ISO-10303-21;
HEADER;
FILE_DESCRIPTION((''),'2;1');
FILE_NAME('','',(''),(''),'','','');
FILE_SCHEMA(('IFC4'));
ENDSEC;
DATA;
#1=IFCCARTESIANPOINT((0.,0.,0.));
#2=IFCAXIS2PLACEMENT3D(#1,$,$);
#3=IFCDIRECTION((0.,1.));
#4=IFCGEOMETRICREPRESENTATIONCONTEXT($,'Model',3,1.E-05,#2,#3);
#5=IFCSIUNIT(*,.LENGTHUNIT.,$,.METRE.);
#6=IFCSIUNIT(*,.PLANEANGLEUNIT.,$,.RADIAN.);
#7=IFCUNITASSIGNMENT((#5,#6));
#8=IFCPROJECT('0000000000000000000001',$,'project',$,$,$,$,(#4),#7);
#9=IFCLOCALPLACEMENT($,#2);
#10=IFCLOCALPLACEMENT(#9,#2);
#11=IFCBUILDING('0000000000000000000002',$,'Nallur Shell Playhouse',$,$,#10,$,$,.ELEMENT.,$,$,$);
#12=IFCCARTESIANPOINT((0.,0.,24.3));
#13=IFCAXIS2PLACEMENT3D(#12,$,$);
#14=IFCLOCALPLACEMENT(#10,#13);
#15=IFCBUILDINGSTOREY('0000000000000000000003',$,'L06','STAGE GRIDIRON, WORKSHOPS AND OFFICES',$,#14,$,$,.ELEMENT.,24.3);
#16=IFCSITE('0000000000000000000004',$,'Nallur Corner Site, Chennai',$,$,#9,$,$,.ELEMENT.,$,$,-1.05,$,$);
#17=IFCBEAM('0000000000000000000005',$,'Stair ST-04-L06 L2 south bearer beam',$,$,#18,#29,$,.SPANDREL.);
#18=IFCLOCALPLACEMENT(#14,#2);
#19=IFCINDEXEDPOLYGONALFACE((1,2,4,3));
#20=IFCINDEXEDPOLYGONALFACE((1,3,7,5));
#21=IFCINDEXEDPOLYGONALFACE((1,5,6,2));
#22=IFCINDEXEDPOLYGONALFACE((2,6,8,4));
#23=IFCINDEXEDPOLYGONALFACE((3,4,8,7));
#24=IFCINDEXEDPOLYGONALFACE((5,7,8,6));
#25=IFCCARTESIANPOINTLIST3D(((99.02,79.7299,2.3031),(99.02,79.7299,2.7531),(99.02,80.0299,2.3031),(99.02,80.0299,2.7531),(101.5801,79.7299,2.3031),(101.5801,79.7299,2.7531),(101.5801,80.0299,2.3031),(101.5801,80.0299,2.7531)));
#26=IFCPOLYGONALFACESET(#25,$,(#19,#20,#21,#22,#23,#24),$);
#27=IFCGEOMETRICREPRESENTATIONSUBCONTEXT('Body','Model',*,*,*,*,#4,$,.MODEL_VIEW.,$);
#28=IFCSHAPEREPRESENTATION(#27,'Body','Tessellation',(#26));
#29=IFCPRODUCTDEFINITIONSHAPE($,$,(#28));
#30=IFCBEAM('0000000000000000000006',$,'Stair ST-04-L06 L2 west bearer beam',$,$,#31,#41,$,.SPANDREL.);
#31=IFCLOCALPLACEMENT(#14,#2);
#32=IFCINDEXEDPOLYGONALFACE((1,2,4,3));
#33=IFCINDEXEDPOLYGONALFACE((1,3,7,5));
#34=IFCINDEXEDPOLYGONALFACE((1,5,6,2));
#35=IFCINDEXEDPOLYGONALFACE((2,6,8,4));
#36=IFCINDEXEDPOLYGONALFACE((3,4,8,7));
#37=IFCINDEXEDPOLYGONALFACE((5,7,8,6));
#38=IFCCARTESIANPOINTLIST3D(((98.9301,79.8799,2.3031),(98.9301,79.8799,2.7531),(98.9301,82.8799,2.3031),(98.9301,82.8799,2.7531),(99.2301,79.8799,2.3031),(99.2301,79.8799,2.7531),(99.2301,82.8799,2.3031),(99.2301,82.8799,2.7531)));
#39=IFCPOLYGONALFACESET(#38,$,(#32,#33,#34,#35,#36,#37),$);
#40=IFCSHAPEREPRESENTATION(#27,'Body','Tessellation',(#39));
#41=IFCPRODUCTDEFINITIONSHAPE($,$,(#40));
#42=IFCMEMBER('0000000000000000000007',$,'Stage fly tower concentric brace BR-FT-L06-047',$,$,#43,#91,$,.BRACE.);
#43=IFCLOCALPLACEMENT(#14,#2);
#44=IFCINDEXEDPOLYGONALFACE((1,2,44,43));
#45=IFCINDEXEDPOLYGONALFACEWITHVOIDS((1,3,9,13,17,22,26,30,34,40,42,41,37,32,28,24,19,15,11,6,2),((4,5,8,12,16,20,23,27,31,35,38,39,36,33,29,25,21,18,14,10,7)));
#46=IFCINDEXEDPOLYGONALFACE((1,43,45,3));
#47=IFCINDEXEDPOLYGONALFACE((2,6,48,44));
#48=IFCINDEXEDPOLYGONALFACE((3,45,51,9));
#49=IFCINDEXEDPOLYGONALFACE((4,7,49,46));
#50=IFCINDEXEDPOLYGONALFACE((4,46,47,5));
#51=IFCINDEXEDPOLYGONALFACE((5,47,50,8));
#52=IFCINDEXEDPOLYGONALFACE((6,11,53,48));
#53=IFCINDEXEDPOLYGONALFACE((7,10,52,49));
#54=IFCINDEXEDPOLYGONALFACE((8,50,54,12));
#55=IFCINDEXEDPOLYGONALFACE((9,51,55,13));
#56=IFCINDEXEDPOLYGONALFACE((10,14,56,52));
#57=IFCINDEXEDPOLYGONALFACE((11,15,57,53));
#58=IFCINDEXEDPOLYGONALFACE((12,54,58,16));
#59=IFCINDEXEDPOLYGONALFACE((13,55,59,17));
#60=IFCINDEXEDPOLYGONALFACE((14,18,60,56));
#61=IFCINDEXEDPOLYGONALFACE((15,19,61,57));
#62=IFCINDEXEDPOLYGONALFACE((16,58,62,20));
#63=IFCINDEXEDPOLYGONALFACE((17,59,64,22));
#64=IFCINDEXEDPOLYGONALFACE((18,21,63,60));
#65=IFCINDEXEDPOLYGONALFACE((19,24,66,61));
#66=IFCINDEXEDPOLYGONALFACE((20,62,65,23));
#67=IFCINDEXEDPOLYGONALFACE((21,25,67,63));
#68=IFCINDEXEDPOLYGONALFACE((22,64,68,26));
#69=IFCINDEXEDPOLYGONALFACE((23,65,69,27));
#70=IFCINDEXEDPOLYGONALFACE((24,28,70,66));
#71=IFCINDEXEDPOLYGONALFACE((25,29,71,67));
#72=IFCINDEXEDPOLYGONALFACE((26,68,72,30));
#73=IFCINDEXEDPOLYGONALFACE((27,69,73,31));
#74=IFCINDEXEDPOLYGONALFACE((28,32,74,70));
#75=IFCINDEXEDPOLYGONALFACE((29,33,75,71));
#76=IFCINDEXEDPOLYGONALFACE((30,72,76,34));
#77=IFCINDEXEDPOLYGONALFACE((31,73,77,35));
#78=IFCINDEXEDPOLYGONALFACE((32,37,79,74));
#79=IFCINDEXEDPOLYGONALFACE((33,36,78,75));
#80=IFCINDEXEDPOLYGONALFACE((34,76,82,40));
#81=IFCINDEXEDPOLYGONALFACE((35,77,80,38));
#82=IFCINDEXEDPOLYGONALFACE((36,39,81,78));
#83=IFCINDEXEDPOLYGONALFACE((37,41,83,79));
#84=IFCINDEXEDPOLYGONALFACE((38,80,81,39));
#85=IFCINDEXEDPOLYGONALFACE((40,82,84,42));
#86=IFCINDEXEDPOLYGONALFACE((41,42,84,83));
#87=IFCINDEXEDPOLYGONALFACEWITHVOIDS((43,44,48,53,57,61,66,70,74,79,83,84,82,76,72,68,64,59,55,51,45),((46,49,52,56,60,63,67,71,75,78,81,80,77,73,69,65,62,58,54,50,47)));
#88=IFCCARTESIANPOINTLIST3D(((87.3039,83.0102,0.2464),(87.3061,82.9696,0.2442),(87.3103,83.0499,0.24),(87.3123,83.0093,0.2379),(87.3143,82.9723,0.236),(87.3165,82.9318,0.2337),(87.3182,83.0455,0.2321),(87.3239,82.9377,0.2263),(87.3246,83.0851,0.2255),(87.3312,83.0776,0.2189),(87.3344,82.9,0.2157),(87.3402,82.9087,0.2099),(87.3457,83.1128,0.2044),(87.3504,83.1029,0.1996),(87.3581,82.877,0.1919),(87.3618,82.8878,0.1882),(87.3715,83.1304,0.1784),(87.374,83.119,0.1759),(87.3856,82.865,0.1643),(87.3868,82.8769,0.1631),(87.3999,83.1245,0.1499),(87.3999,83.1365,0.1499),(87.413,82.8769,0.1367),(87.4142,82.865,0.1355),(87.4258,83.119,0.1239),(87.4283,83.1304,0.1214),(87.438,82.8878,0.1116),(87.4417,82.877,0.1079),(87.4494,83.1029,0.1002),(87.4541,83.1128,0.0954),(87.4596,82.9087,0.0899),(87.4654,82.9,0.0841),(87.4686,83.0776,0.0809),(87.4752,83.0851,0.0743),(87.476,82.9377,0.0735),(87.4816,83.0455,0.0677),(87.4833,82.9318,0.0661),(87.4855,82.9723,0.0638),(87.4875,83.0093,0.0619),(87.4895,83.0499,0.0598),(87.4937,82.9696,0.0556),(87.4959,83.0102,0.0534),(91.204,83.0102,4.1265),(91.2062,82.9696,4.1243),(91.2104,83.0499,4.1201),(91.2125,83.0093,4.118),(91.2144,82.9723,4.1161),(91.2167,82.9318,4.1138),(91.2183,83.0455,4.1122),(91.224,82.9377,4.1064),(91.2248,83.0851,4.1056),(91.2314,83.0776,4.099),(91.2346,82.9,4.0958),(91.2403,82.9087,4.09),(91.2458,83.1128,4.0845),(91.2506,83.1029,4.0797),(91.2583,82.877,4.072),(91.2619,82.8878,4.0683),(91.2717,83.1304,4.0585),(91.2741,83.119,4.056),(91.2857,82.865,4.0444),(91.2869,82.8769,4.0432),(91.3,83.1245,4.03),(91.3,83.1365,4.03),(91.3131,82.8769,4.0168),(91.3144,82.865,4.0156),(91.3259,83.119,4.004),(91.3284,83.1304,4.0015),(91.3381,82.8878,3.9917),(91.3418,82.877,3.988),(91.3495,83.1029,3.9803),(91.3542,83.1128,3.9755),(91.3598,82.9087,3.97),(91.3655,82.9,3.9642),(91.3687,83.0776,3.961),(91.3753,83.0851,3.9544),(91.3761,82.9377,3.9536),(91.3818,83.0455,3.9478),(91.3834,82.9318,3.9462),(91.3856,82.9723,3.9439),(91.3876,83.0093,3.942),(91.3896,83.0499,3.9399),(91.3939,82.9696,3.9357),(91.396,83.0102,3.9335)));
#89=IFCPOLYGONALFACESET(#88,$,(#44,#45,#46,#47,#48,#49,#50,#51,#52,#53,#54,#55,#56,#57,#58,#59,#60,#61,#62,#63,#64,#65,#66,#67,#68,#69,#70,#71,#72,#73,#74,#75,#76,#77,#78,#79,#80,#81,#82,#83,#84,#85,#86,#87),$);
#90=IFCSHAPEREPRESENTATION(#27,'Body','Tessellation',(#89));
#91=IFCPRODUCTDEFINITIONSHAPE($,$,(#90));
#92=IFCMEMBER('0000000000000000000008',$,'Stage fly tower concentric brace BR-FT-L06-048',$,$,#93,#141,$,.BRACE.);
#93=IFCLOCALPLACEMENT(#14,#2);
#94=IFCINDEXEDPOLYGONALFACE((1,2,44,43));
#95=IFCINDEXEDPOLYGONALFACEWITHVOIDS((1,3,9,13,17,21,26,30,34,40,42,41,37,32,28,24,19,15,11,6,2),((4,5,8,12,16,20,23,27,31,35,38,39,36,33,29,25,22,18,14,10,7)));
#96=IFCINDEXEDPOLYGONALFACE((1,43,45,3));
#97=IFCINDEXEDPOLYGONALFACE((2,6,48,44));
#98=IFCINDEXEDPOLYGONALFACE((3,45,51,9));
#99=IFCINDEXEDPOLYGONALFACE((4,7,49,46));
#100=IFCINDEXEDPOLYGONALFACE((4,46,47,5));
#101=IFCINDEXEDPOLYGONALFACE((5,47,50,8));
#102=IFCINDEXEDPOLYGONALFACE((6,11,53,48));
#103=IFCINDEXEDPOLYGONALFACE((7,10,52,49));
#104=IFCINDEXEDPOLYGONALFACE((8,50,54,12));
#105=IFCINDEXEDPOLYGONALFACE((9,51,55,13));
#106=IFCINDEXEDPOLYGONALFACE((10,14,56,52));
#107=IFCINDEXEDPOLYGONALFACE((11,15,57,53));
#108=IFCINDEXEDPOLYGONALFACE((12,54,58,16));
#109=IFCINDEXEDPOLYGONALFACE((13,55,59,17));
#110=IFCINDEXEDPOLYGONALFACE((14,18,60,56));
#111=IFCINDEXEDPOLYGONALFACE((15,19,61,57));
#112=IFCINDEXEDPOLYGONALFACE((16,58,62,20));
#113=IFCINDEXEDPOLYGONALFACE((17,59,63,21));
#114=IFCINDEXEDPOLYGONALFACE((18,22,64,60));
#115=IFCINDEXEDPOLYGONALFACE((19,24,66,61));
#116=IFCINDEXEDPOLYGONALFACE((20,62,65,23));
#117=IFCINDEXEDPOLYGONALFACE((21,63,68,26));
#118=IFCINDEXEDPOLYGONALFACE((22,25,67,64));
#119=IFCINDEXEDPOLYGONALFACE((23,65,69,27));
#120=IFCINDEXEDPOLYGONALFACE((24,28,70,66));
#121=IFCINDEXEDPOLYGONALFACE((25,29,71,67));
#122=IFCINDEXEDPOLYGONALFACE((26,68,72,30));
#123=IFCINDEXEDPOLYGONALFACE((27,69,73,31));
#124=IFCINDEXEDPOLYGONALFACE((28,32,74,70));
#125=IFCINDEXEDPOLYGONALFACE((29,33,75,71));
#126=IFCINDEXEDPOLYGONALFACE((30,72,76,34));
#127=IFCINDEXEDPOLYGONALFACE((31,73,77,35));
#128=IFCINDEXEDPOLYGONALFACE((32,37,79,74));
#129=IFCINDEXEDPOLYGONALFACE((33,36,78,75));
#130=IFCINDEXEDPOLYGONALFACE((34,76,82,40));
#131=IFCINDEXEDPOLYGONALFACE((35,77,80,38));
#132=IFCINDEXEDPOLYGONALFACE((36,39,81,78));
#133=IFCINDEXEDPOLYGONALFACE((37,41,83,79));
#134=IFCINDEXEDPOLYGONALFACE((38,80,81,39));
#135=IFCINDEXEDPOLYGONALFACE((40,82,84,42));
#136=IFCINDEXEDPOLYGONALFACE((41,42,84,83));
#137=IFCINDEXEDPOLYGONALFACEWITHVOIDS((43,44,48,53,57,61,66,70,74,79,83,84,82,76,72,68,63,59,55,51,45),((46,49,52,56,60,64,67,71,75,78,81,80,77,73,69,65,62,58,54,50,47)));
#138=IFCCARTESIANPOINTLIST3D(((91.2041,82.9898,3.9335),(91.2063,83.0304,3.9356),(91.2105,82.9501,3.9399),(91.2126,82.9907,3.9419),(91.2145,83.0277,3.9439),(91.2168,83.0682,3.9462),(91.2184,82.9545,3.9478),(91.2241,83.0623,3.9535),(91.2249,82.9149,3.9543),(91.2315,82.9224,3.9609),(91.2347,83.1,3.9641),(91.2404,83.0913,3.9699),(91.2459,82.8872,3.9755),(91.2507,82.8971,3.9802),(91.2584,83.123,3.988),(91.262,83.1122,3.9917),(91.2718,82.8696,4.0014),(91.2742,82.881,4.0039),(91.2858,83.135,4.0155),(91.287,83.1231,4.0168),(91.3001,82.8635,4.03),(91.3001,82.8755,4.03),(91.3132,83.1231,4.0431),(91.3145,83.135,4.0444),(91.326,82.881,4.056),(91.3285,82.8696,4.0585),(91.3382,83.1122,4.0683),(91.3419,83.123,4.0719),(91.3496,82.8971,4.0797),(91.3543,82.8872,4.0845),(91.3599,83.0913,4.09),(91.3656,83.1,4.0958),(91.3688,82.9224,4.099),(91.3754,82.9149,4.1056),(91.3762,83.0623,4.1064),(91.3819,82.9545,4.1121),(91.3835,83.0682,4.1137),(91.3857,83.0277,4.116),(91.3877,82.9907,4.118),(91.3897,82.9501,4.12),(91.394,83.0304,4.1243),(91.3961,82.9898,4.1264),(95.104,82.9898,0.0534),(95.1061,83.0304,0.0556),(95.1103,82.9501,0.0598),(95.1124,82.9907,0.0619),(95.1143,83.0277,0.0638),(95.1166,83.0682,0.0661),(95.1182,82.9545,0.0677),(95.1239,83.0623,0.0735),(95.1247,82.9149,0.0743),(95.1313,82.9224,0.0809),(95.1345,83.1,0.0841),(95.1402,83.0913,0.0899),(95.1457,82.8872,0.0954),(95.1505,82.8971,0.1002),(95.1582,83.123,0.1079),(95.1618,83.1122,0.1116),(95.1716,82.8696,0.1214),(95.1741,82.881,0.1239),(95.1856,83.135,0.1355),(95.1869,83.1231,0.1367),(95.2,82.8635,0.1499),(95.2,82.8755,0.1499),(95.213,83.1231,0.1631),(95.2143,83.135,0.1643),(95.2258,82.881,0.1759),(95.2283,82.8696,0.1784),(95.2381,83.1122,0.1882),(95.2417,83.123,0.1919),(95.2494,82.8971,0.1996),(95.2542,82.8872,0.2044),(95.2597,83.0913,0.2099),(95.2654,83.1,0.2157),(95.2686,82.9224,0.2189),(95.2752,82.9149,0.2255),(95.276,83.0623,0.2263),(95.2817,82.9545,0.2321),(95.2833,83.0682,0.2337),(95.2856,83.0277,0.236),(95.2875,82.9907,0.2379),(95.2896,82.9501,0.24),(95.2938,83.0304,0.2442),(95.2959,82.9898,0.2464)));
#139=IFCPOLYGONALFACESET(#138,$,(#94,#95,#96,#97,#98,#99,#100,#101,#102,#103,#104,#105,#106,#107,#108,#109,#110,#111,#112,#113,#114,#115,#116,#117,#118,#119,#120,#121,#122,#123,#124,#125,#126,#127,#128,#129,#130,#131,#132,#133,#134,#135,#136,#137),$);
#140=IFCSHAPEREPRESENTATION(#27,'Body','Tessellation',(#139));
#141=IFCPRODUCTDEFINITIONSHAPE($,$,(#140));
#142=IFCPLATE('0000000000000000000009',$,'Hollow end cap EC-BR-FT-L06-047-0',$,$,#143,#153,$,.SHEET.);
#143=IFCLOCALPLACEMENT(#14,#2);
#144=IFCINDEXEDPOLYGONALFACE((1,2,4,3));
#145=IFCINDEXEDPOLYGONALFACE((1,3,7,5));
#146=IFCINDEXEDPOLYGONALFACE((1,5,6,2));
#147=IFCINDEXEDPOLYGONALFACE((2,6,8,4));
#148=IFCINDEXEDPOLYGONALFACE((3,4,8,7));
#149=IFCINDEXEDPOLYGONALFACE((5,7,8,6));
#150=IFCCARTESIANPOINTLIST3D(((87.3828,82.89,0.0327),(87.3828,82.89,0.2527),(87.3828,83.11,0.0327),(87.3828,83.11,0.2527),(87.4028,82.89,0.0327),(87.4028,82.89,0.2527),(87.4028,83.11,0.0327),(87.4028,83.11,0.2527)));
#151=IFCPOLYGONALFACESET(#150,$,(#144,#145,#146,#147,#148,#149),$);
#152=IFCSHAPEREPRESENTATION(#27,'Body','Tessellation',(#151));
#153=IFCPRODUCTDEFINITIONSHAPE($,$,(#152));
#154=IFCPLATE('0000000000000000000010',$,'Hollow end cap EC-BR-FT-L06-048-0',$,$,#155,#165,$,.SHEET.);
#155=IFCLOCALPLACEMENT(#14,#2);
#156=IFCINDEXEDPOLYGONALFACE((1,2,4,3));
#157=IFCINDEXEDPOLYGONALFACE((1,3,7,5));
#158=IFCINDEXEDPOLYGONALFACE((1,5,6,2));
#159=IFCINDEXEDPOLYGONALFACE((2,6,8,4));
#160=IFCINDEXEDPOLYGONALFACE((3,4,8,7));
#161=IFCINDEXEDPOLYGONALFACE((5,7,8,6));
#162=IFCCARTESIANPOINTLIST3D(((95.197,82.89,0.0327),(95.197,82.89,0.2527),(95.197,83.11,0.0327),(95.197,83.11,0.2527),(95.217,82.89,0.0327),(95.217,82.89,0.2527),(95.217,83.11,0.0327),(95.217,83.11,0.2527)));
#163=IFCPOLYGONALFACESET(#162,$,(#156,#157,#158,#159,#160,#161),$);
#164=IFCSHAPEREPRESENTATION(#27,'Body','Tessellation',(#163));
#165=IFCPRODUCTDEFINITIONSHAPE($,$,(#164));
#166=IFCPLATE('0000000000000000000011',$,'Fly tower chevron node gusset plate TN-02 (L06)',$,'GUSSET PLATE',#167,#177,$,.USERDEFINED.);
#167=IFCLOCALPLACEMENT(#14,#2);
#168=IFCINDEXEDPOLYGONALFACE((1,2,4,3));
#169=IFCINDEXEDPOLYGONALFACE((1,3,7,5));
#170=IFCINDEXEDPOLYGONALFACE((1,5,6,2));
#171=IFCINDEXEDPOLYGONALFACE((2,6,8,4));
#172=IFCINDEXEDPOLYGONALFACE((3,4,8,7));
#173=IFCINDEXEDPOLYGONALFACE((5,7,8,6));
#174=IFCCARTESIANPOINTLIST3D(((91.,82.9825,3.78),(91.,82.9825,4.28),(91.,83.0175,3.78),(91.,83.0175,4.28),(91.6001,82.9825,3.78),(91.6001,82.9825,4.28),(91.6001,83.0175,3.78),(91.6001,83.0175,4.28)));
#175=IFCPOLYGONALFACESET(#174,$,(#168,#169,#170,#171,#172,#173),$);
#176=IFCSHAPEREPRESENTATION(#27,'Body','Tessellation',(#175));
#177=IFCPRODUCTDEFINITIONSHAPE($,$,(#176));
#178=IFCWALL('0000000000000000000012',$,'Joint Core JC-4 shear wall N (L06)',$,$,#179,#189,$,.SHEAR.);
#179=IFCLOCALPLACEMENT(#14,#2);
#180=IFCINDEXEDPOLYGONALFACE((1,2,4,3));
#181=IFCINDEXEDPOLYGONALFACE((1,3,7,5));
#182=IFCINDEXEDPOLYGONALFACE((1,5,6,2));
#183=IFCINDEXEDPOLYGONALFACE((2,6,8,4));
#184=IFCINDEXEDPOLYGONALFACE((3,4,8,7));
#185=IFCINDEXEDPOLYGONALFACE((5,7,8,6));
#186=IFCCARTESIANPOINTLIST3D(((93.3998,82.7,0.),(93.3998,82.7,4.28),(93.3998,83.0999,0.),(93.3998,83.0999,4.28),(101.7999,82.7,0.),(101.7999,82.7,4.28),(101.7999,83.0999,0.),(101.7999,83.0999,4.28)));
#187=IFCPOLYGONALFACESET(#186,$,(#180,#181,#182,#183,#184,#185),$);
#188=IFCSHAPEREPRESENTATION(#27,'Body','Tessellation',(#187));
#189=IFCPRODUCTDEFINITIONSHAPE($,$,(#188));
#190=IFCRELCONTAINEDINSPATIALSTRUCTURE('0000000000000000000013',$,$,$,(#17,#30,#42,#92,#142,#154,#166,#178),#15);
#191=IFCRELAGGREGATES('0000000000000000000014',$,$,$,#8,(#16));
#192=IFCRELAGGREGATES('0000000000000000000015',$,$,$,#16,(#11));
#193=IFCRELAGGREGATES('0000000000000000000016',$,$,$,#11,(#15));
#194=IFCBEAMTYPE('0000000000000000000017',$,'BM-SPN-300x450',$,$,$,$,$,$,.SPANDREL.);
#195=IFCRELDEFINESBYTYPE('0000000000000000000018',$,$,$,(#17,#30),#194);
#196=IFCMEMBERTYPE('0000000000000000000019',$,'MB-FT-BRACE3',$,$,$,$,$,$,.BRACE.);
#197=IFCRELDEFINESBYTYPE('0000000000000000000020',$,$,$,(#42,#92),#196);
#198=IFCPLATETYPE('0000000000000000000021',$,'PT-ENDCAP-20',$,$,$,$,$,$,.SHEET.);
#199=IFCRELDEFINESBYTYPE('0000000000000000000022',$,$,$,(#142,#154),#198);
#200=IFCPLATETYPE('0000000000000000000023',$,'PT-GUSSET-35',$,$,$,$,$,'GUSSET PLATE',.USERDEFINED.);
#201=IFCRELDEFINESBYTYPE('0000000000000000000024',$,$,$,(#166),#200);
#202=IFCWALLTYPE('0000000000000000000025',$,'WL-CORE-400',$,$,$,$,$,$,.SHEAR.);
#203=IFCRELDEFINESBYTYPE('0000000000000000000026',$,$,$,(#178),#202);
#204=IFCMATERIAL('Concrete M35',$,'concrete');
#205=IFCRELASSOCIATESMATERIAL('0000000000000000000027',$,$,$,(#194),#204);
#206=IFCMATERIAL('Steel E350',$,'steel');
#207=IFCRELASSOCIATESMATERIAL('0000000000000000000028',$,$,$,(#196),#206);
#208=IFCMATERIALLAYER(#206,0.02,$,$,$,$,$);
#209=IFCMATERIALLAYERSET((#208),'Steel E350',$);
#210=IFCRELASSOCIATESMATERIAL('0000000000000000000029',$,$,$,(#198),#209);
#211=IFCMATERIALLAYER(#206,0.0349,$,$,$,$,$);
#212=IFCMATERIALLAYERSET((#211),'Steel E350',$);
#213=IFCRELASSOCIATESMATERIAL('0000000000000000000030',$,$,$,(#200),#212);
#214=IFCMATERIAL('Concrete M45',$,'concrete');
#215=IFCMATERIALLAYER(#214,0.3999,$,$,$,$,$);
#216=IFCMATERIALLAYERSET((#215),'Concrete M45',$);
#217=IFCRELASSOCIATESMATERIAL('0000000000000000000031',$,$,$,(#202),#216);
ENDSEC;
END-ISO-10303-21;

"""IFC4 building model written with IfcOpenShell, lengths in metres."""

from ifc_helpers import new_model, si_unit, direction, frame, frame_2d, origin, origin_2d, place, context, subcontext, project, spatial, rectangle, hollow_circle, extrude, material, layer, layer_set, material_profile, profile_set, type_object, element, save


model = new_model("IFC4")

# Units and contexts
model_context = context("Model", 3, precision=1e-05, world=origin(), true_north=direction((0.0, 1.0)))
body_context = subcontext(model_context, "Body", "Model", "MODEL_VIEW")
ifc_project = project(units=[si_unit("LENGTHUNIT", "METRE"), si_unit("PLANEANGLEUNIT", "RADIAN")], contexts=[model_context])

# Site, building, storey
site_placement = place(None, origin())
site = spatial("IfcSite", under=ifc_project, at=site_placement, Name="Nallur Corner Site, Chennai", CompositionType="ELEMENT", RefElevation=-1.05)
building_placement = place(site_placement, origin())
building = spatial("IfcBuilding", under=site, at=building_placement, Name="Nallur Shell Playhouse", CompositionType="ELEMENT")
storey_placement = place(building_placement, frame((0.0, 0.0, 24.3)))
storey = spatial("IfcBuildingStorey", under=building, at=storey_placement, Name="L06", Description="STAGE GRIDIRON, WORKSHOPS AND OFFICES", CompositionType="ELEMENT", Elevation=24.3)

# Shared definitions
ifc_material_1 = material(Name="Steel E350", Category="steel")

# Beams
ifc_material_2 = material(Name="Concrete M35", Category="concrete")
ifc_material_profile_1 = material_profile(ifc_material_2, rectangle(XDim=0.3, YDim=0.45, at=origin_2d()), Name="RC 300x450")
ifc_profile_set_1 = profile_set([ifc_material_profile_1], Name="Concrete M35")
beam_type = type_object("IfcBeamType", Name="BM-SPN-300x450", PredefinedType="SPANDREL", material=ifc_profile_set_1)
beam_1_placement = place(storey_placement, frame((99.02, 79.8799, 2.5281), z_axis=(1.0, 0.0, 0.0), x_axis=(0.0, 1.0, 0.0)))
element("IfcBeam", 1, at=beam_1_placement, inside=storey, type_object=beam_type, Name="Stair ST-04-L06 L2 south bearer beam", PredefinedType="SPANDREL", context=body_context, shape_type="SweptSolid", body=[
    extrude(rectangle(XDim=0.3, YDim=0.45, at=origin_2d()), origin(), (0.0, 0.0, 1.0), 2.5601),
])
beam_2_placement = place(storey_placement, frame((99.0801, 79.8799, 2.5281), z_axis=(0.0, 1.0, 0.0), x_axis=(-1.0, 0.0, 0.0)))
element("IfcBeam", 2, at=beam_2_placement, inside=storey, type_object=beam_type, Name="Stair ST-04-L06 L2 west bearer beam", PredefinedType="SPANDREL", context=body_context, shape_type="SweptSolid", body=[
    extrude(rectangle(XDim=0.3, YDim=0.45, at=origin_2d()), origin(), (0.0, 0.0, 1.0), 3.0),
])

# Members
ifc_material_profile_2 = material_profile(ifc_material_1, hollow_circle(Radius=0.1365, WallThickness=0.012, at=origin_2d()), Name="CHS 273.0x12")
ifc_profile_set_2 = profile_set([ifc_material_profile_2], Name="Steel E350")
member_type = type_object("IfcMemberType", Name="MB-FT-BRACE3", PredefinedType="BRACE", material=ifc_profile_set_2)
member_1_placement = place(storey_placement, frame((87.3999, 83.0, 0.1499), z_axis=(0.708924, 0.0, 0.705285), x_axis=(0.0, 1.0, 0.0)))
element("IfcMember", 3, at=member_1_placement, inside=storey, type_object=member_type, Name="Stage fly tower concentric brace BR-FT-L06-047", PredefinedType="BRACE", context=body_context, shape_type="SweptSolid", body=[
    extrude(hollow_circle(Radius=0.1365, WallThickness=0.012, at=origin_2d()), origin(), (0.0, 0.0, 1.0), 5.5015),
])
member_2_placement = place(storey_placement, frame((95.2, 83.0, 0.1499), z_axis=(-0.708902, 0.0, 0.705307), x_axis=(0.0, -1.0, 0.0)))
element("IfcMember", 4, at=member_2_placement, inside=storey, type_object=member_type, Name="Stage fly tower concentric brace BR-FT-L06-048", PredefinedType="BRACE", context=body_context, shape_type="SweptSolid", body=[
    extrude(hollow_circle(Radius=0.1365, WallThickness=0.012, at=origin_2d()), origin(), (0.0, 0.0, 1.0), 5.5012),
])

# Plates
ifc_layer_1 = layer(ifc_material_1, 0.02)
ifc_layer_set_1 = layer_set([ifc_layer_1], Name="Steel E350")
plate_type_1 = type_object("IfcPlateType", Name="PT-ENDCAP-20", PredefinedType="SHEET", material=ifc_layer_set_1)
for number, where, z_axis, x_axis, name in (
    (5, (87.3928, 83.0, 0.0327), (0.0, 0.0, 1.0), (1.0, 0.0, 0.0), "Hollow end cap EC-BR-FT-L06-047-0"),
    (6, (95.207, 83.0, 0.0327), (0.0, 0.0, 1.0), (1.0, 0.0, 0.0), "Hollow end cap EC-BR-FT-L06-048-0"),
):
    element("IfcPlate", number, at=place(storey_placement, frame(where, z_axis=z_axis, x_axis=x_axis)), inside=storey, type_object=plate_type_1, Name=name, PredefinedType="SHEET", context=body_context, shape_type="SweptSolid", body=[
        extrude(rectangle(XDim=0.02, YDim=0.22, at=origin_2d()), origin(), (0.0, 0.0, 1.0), 0.22),
    ])
ifc_layer_2 = layer(ifc_material_1, 0.0349)
ifc_layer_set_2 = layer_set([ifc_layer_2], Name="Steel E350")
plate_type_2 = type_object("IfcPlateType", Name="PT-GUSSET-35", ElementType="GUSSET PLATE", PredefinedType="USERDEFINED", material=ifc_layer_set_2)
plate_placement = place(storey_placement, frame((91.3, 83.0, 3.78), z_axis=(0.0, 0.0, 1.0), x_axis=(1.0, 0.0, 0.0)))
element("IfcPlate", 7, at=plate_placement, inside=storey, type_object=plate_type_2, Name="Fly tower chevron node gusset plate TN-02 (L06)", ObjectType="GUSSET PLATE", PredefinedType="USERDEFINED", context=body_context, shape_type="SweptSolid", body=[
    extrude(rectangle(XDim=0.6001, YDim=0.0349, at=origin_2d()), origin(), (0.0, 0.0, 1.0), 0.5),
])

# Wall
ifc_material_3 = material(Name="Concrete M45", Category="concrete")
ifc_layer_3 = layer(ifc_material_3, 0.3999)
ifc_layer_set_3 = layer_set([ifc_layer_3], Name="Concrete M45")
wall_type_1 = type_object("IfcWallType", Name="WL-CORE-400", PredefinedType="SHEAR", material=ifc_layer_set_3)
wall_1_placement = place(storey_placement, frame((101.8, 82.8999, 0.0), z_axis=(0.0, 0.0, 1.0), x_axis=(-1.0, 0.0, 0.0)))
element("IfcWall", 8, at=wall_1_placement, inside=storey, type_object=wall_type_1, Name="Joint Core JC-4 shear wall N (L06)", PredefinedType="SHEAR", context=body_context, shape_type="SweptSolid", body=[
    extrude(rectangle(XDim=8.4001, YDim=0.3999, at=frame_2d((4.2002, 0.0))), origin(), (0.0, 0.0, 1.0), 4.28),
])

save(model, "model.ifc")
